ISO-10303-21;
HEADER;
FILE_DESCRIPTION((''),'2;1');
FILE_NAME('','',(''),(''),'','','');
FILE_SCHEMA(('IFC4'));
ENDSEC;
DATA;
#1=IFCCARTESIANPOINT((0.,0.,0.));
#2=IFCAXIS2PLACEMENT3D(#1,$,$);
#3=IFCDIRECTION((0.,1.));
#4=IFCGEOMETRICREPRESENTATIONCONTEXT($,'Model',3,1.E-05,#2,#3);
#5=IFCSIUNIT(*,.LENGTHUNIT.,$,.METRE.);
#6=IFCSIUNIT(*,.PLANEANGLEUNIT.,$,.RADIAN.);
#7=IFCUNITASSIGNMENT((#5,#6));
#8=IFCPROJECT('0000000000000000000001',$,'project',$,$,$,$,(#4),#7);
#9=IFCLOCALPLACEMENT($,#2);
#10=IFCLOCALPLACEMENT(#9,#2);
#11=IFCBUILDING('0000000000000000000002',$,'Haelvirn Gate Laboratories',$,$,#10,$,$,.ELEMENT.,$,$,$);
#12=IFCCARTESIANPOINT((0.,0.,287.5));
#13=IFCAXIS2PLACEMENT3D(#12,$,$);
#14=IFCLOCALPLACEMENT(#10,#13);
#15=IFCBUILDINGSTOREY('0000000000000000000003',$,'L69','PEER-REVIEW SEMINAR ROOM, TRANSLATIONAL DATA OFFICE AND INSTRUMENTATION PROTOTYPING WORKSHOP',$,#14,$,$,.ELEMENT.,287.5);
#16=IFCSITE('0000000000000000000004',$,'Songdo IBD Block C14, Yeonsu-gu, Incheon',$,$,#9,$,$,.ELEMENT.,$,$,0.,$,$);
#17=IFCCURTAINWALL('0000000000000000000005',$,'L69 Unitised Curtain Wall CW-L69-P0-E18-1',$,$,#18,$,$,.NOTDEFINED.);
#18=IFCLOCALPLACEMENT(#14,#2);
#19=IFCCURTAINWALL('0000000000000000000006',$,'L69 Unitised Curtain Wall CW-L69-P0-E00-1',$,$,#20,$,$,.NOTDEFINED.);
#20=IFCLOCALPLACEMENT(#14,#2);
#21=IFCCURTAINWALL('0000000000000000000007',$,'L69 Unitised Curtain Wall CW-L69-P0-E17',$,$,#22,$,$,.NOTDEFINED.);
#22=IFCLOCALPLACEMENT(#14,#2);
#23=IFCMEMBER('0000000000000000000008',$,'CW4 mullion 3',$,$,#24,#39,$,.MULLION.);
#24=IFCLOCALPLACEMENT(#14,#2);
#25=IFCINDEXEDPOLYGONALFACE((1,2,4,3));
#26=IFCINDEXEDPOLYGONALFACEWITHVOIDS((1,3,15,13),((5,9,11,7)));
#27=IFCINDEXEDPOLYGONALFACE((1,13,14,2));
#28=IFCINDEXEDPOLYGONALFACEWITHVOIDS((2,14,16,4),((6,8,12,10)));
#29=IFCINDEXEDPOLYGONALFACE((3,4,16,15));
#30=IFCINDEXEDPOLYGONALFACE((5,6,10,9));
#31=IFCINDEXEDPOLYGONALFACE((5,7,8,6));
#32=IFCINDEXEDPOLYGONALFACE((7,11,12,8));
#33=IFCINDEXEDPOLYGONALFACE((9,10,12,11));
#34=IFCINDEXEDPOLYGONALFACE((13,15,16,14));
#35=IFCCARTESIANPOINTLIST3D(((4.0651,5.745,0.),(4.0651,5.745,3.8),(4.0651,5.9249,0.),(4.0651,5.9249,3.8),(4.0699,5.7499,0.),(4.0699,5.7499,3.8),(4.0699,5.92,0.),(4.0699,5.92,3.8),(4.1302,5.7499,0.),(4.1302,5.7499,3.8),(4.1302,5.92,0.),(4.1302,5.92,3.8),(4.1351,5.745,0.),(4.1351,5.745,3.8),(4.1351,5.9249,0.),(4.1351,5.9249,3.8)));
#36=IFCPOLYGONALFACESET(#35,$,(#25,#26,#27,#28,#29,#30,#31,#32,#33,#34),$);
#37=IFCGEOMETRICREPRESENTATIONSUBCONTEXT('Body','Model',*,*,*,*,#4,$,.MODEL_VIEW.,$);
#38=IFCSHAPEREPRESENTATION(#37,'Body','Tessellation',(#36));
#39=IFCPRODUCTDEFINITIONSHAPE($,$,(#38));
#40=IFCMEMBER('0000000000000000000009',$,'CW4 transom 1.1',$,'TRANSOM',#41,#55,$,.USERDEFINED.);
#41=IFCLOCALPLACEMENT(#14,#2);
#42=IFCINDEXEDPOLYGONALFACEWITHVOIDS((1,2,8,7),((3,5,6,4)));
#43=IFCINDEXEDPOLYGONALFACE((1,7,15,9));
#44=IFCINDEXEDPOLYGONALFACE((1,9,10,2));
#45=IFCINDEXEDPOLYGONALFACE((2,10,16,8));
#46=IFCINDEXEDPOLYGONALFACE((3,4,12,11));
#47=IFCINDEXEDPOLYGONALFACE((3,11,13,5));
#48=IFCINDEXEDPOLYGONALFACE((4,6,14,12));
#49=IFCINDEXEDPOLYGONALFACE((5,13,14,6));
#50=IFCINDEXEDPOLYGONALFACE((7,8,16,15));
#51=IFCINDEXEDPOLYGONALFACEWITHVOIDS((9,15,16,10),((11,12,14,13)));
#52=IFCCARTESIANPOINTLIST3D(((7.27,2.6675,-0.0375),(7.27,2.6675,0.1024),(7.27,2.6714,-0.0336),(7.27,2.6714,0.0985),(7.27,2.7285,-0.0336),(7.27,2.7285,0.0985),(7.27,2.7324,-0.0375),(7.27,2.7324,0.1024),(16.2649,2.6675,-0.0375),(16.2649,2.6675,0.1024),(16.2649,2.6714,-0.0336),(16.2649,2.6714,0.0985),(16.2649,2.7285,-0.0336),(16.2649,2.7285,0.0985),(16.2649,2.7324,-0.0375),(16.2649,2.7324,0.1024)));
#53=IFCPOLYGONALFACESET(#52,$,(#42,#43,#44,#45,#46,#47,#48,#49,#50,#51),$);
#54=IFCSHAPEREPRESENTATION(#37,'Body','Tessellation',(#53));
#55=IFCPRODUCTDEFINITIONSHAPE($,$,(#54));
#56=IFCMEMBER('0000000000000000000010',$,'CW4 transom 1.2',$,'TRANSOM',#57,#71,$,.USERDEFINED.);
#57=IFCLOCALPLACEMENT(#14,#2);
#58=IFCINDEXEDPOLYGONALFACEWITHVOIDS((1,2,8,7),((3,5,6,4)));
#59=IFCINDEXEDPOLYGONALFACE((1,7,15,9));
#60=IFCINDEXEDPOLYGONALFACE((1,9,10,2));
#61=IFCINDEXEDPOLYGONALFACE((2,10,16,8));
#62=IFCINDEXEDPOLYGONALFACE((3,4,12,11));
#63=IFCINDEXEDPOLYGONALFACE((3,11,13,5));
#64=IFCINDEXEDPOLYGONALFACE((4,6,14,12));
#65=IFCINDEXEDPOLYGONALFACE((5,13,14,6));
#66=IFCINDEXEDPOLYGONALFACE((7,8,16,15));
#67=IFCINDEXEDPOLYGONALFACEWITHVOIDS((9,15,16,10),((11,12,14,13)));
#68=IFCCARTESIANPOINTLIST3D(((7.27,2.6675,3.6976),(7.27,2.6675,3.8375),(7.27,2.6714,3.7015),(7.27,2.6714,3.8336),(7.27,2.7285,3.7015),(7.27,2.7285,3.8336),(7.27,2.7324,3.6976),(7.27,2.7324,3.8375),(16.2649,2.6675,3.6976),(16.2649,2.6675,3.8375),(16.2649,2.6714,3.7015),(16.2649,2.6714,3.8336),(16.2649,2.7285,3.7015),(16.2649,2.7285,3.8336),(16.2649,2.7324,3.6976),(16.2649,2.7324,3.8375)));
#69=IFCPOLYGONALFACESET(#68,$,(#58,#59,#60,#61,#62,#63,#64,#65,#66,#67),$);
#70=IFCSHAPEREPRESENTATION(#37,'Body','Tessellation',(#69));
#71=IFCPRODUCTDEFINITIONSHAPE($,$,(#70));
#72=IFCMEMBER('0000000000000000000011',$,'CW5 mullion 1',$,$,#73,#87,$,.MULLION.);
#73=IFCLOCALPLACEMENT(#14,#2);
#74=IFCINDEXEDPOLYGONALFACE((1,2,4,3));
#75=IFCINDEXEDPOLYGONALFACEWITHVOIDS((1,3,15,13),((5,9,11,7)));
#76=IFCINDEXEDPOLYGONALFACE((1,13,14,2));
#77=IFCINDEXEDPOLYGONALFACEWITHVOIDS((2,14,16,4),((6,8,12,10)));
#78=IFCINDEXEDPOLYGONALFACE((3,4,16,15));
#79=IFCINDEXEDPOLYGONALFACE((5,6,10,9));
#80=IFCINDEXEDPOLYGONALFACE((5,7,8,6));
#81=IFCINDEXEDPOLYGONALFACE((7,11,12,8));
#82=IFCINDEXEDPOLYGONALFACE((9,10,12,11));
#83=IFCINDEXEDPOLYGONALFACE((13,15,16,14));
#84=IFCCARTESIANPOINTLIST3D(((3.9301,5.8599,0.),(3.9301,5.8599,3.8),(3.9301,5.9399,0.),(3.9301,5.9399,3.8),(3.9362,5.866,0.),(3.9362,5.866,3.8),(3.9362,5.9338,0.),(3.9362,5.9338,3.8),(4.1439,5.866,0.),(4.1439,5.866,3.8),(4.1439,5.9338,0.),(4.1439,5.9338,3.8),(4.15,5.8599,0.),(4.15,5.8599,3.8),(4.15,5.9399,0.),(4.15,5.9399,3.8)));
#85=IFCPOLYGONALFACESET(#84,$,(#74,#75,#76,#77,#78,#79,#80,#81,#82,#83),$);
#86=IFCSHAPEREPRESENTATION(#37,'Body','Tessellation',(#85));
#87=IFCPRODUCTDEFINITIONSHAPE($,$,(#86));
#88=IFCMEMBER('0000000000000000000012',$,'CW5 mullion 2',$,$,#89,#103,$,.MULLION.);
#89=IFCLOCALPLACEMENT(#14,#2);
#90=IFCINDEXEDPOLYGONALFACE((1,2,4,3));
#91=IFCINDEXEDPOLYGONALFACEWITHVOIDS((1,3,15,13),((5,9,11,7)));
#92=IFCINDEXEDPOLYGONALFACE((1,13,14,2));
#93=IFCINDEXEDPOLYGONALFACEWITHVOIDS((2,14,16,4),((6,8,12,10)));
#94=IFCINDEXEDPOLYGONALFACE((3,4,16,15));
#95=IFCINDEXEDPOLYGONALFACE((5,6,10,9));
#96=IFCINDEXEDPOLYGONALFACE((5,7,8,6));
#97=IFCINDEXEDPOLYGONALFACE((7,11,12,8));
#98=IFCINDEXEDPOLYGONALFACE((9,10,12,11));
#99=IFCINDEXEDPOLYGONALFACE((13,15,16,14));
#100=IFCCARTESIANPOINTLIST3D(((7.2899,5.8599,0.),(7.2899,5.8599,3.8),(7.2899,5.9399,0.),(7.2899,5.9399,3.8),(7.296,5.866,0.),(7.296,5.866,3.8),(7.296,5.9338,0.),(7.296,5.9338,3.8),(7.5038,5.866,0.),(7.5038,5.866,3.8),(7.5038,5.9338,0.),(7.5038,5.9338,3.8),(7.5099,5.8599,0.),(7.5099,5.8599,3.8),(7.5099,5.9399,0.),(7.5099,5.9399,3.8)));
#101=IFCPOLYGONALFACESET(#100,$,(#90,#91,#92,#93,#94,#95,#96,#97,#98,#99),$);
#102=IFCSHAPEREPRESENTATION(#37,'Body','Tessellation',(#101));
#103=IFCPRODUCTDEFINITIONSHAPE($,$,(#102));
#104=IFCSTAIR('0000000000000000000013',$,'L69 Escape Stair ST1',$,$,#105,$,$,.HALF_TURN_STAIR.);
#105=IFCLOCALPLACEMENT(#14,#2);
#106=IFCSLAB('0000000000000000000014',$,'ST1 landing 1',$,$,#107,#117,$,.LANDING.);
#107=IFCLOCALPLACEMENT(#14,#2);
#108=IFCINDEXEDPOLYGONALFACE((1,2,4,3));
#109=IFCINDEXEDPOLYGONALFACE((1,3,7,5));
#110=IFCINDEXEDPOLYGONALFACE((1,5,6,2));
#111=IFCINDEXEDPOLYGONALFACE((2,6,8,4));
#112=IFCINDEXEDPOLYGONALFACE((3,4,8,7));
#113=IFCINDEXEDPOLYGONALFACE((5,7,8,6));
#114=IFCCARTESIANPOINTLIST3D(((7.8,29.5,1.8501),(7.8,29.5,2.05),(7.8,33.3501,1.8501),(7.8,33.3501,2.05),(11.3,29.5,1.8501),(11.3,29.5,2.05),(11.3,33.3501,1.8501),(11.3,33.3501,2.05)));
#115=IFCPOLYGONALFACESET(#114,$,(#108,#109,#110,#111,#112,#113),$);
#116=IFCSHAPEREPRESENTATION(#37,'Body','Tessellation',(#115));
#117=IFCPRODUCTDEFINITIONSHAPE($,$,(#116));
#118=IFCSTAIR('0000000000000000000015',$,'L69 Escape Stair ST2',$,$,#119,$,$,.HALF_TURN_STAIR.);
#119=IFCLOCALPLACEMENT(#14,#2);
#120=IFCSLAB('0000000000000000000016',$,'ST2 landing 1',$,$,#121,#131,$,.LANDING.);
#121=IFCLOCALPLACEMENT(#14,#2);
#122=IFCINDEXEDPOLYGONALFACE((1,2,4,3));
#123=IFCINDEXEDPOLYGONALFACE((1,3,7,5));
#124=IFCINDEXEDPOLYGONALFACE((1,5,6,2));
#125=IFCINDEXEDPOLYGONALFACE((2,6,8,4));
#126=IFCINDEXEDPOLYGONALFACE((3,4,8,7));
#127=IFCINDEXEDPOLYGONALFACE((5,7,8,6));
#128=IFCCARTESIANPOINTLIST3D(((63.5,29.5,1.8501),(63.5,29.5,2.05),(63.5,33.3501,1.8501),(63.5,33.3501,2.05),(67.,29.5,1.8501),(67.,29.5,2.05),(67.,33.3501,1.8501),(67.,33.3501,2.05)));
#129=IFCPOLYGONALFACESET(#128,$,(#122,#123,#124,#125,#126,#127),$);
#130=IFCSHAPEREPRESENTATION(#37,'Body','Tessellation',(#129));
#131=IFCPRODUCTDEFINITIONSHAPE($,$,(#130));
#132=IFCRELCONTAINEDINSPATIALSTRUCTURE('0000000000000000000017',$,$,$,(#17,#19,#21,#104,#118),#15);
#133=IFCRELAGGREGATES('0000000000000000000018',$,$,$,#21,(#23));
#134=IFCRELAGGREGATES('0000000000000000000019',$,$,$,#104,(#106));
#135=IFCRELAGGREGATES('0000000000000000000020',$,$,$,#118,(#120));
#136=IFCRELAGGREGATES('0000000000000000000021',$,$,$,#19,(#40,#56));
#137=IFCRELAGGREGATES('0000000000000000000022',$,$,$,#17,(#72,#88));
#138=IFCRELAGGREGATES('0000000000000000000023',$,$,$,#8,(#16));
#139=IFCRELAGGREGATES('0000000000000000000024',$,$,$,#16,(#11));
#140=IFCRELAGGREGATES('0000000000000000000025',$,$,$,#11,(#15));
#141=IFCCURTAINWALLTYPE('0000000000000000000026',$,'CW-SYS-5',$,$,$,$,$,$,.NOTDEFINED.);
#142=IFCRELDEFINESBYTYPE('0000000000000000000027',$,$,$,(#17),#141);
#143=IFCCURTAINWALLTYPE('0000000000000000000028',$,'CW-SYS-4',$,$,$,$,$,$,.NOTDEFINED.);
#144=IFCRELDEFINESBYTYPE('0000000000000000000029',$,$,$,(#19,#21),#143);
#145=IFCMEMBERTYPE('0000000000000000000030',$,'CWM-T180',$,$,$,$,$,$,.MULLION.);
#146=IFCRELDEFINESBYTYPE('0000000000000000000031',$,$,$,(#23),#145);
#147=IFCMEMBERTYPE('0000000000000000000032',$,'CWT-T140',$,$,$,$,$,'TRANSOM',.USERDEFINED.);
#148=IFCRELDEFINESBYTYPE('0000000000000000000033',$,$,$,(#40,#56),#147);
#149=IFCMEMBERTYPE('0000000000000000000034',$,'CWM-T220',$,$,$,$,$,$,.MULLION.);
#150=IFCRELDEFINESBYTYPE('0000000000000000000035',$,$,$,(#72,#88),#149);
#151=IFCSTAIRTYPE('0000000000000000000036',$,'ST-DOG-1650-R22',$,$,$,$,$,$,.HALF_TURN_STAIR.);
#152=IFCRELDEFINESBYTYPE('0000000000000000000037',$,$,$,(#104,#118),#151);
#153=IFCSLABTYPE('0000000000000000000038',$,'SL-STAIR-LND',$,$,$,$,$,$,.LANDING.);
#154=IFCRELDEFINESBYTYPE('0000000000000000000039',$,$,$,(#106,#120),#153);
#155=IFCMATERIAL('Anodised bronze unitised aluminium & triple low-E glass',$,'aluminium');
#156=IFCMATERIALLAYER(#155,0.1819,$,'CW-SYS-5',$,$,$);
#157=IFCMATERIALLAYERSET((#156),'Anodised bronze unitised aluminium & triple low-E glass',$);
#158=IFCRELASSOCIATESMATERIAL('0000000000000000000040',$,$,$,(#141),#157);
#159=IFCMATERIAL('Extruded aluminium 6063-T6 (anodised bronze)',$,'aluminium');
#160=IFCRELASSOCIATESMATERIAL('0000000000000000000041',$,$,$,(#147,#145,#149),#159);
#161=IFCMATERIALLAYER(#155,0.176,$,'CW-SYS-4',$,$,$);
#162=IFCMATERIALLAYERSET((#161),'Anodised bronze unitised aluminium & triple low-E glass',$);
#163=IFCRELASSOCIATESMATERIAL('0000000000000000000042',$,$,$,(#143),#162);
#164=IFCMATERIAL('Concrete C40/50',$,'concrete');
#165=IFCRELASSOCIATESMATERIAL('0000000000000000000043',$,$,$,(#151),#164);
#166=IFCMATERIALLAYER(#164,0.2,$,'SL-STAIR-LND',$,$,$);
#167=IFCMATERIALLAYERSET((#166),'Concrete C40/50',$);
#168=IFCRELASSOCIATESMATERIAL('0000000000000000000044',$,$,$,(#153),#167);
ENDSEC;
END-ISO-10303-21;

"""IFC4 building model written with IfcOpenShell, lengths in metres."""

from ifc_helpers import new_model, si_unit, direction, frame, origin, origin_2d, place, context, subcontext, project, spatial, polyline, hollow_rectangle, outline, extrude, source, transform, mapped, material, layer, layer_set, material_profile, profile_set, type_object, type_shapes, element, aggregate, save


model = new_model("IFC4")

# Units and contexts
model_context = context("Model", 3, precision=1e-05, world=origin(), true_north=direction((0.0, 1.0)))
body_context = subcontext(model_context, "Body", "Model", "MODEL_VIEW")
ifc_project = project(units=[si_unit("LENGTHUNIT", "METRE"), si_unit("PLANEANGLEUNIT", "RADIAN")], contexts=[model_context])

# Site, building, storey
site_placement = place(None, origin())
site = spatial("IfcSite", under=ifc_project, at=site_placement, Name="Songdo IBD Block C14, Yeonsu-gu, Incheon", CompositionType="ELEMENT", RefElevation=0.0)
building_placement = place(site_placement, origin())
building = spatial("IfcBuilding", under=site, at=building_placement, Name="Haelvirn Gate Laboratories", CompositionType="ELEMENT")
storey_placement = place(building_placement, frame((0.0, 0.0, 287.5)))
storey = spatial("IfcBuildingStorey", under=building, at=storey_placement, Name="L69", Description="PEER-REVIEW SEMINAR ROOM, TRANSLATIONAL DATA OFFICE AND INSTRUMENTATION PROTOTYPING WORKSHOP", CompositionType="ELEMENT", Elevation=287.5)

# Curtain wall
ifc_material_1 = material(Name="Anodised bronze unitised aluminium & triple low-E glass", Category="aluminium")
ifc_layer_1 = layer(ifc_material_1, 0.1819, Name="CW-SYS-5")
ifc_layer_set_1 = layer_set([ifc_layer_1], Name="Anodised bronze unitised aluminium & triple low-E glass")
curtain_wall_type_1 = type_object("IfcCurtainWallType", Name="CW-SYS-5", PredefinedType="NOTDEFINED", material=ifc_layer_set_1)
curtain_wall_1_placement = place(storey_placement, origin())
curtain_wall_1 = element("IfcCurtainWall", 1, at=curtain_wall_1_placement, inside=storey, type_object=curtain_wall_type_1, Name="L69 Unitised Curtain Wall CW-L69-P0-E18-1", PredefinedType="NOTDEFINED")
ifc_material_2 = material(Name="Extruded aluminium 6063-T6 (anodised bronze)", Category="aluminium")
ifc_material_profile_1 = material_profile(ifc_material_2, hollow_rectangle(XDim=0.0649, YDim=0.1399, WallThickness=0.0039, at=origin_2d()), Name="CWT-140x65x4")
ifc_profile_set_1 = profile_set([ifc_material_profile_1], Name="Extruded aluminium 6063-T6 (anodised bronze)")
member_type_1 = type_object("IfcMemberType", Name="CWT-T140", ElementType="TRANSOM", PredefinedType="USERDEFINED", material=ifc_profile_set_1)

# Curtain walls, member
ifc_layer_2 = layer(ifc_material_1, 0.176, Name="CW-SYS-4")
ifc_layer_set_2 = layer_set([ifc_layer_2], Name="Anodised bronze unitised aluminium & triple low-E glass")
curtain_wall_type_2 = type_object("IfcCurtainWallType", Name="CW-SYS-4", PredefinedType="NOTDEFINED", material=ifc_layer_set_2)
curtain_wall_2_placement = place(storey_placement, origin())
curtain_wall_2 = element("IfcCurtainWall", 2, at=curtain_wall_2_placement, inside=storey, type_object=curtain_wall_type_2, Name="L69 Unitised Curtain Wall CW-L69-P0-E00-1", PredefinedType="NOTDEFINED")
ifc_material_profile_2 = material_profile(ifc_material_2, hollow_rectangle(XDim=0.0701, YDim=0.1799, WallThickness=0.0049, at=origin_2d()), Name="CWM-180x70x5")
ifc_profile_set_2 = profile_set([ifc_material_profile_2], Name="Extruded aluminium 6063-T6 (anodised bronze)")
member_type_2 = type_object("IfcMemberType", Name="CWM-T180", PredefinedType="MULLION", material=ifc_profile_set_2)
shared_shape_1 = source(origin(), body_context, "Body", "SweptSolid", [
    extrude(hollow_rectangle(XDim=0.0701, YDim=0.1799, WallThickness=0.0049, at=origin_2d()), origin(), (0.0, 0.0, 1.0), 3.8),
])
type_shapes(member_type_2, [shared_shape_1])
curtain_wall_3_placement = place(storey_placement, origin())
curtain_wall_3 = element("IfcCurtainWall", 3, at=curtain_wall_3_placement, inside=storey, type_object=curtain_wall_type_2, Name="L69 Unitised Curtain Wall CW-L69-P0-E17", PredefinedType="NOTDEFINED")
member_1_placement = place(storey_placement, frame((4.1001, 5.835, 0.0), z_axis=(0.0, 0.0, 1.0), x_axis=(1.0, 0.0, 0.0)))
member_1 = element("IfcMember", 4, at=member_1_placement, type_object=member_type_2, Name="CW4 mullion 3", PredefinedType="MULLION", context=body_context, shape_type="MappedRepresentation", body=[
    mapped(shared_shape_1, transform((0.0, 0.0, 0.0), scale=1.0)),
])
aggregate(curtain_wall_3, [member_1])

# Members
shared_shape_2 = source(origin(), body_context, "Body", "SweptSolid", [
    extrude(hollow_rectangle(XDim=0.0649, YDim=0.1399, WallThickness=0.0039, at=origin_2d()), origin(), (0.0, 0.0, 1.0), 8.9949),
])
member_2_placement = place(storey_placement, frame((7.27, 2.7, 0.0325), z_axis=(1.0, 0.0, 0.0), x_axis=(0.0, 1.0, 0.0)))
member_2 = element("IfcMember", 5, at=member_2_placement, type_object=member_type_1, Name="CW4 transom 1.1", ObjectType="TRANSOM", PredefinedType="USERDEFINED", context=body_context, shape_type="MappedRepresentation", body=[
    mapped(shared_shape_2, transform((0.0, 0.0, 0.0), scale=1.0)),
])
member_3_placement = place(storey_placement, frame((7.27, 2.7, 3.7676), z_axis=(1.0, 0.0, 0.0), x_axis=(0.0, 1.0, 0.0)))
member_3 = element("IfcMember", 6, at=member_3_placement, type_object=member_type_1, Name="CW4 transom 1.2", ObjectType="TRANSOM", PredefinedType="USERDEFINED", context=body_context, shape_type="MappedRepresentation", body=[
    mapped(shared_shape_2, transform((0.0, 0.0, 0.0), scale=1.0)),
])
ifc_material_profile_3 = material_profile(ifc_material_2, hollow_rectangle(XDim=0.0801, YDim=0.22, WallThickness=0.0061, at=origin_2d()), Name="CWM-220x80x6")
ifc_profile_set_3 = profile_set([ifc_material_profile_3], Name="Extruded aluminium 6063-T6 (anodised bronze)")
member_type_3 = type_object("IfcMemberType", Name="CWM-T220", PredefinedType="MULLION", material=ifc_profile_set_3)
shared_shape_3 = source(origin(), body_context, "Body", "SweptSolid", [
    extrude(hollow_rectangle(XDim=0.0801, YDim=0.22, WallThickness=0.0061, at=origin_2d()), origin(), (0.0, 0.0, 1.0), 3.8),
])
type_shapes(member_type_3, [shared_shape_3])
member_4_placement = place(storey_placement, frame((4.04, 5.8999, 0.0), z_axis=(0.0, 0.0, 1.0), x_axis=(0.0, 1.0, 0.0)))
member_4 = element("IfcMember", 7, at=member_4_placement, type_object=member_type_3, Name="CW5 mullion 1", PredefinedType="MULLION", context=body_context, shape_type="MappedRepresentation", body=[
    mapped(shared_shape_3, transform((0.0, 0.0, 0.0), scale=1.0)),
])
member_5_placement = place(storey_placement, frame((7.3999, 5.8999, 0.0), z_axis=(0.0, 0.0, 1.0), x_axis=(0.0, 1.0, 0.0)))
member_5 = element("IfcMember", 8, at=member_5_placement, type_object=member_type_3, Name="CW5 mullion 2", PredefinedType="MULLION", context=body_context, shape_type="MappedRepresentation", body=[
    mapped(shared_shape_3, transform((0.0, 0.0, 0.0), scale=1.0)),
])

# Stairs, slabs
ifc_material_3 = material(Name="Concrete C40/50", Category="concrete")
stair_type = type_object("IfcStairType", Name="ST-DOG-1650-R22", PredefinedType="HALF_TURN_STAIR", material=ifc_material_3)
stair_1_placement = place(storey_placement, origin())
stair_1 = element("IfcStair", 9, at=stair_1_placement, inside=storey, type_object=stair_type, Name="L69 Escape Stair ST1", PredefinedType="HALF_TURN_STAIR")
ifc_layer_3 = layer(ifc_material_3, 0.2, Name="SL-STAIR-LND")
ifc_layer_set_3 = layer_set([ifc_layer_3], Name="Concrete C40/50")
slab_type_1 = type_object("IfcSlabType", Name="SL-STAIR-LND", PredefinedType="LANDING", material=ifc_layer_set_3)
slab_1_placement = place(storey_placement, frame((0.0, 0.0, 1.8501)))
slab_1 = element("IfcSlab", 10, at=slab_1_placement, type_object=slab_type_1, Name="ST1 landing 1", PredefinedType="LANDING", context=body_context, shape_type="SweptSolid", body=[
    extrude(outline(polyline([(11.3, 29.5), (11.3, 33.3501), (7.8, 33.3501), (7.8, 29.5), (11.3, 29.5)])), origin(), (0.0, 0.0, 1.0), 0.2),
])
aggregate(stair_1, [slab_1])
stair_2_placement = place(storey_placement, origin())
stair_2 = element("IfcStair", 11, at=stair_2_placement, inside=storey, type_object=stair_type, Name="L69 Escape Stair ST2", PredefinedType="HALF_TURN_STAIR")
slab_2_placement = place(storey_placement, frame((0.0, 0.0, 1.8501)))
slab_2 = element("IfcSlab", 12, at=slab_2_placement, type_object=slab_type_1, Name="ST2 landing 1", PredefinedType="LANDING", context=body_context, shape_type="SweptSolid", body=[
    extrude(outline(polyline([(67.0, 29.5), (67.0, 33.3501), (63.5, 33.3501), (63.5, 29.5), (67.0, 29.5)])), origin(), (0.0, 0.0, 1.0), 0.2),
])
aggregate(stair_2, [slab_2])

aggregate(curtain_wall_2, [member_2, member_3])
aggregate(curtain_wall_1, [member_4, member_5])

save(model, "model.ifc")
